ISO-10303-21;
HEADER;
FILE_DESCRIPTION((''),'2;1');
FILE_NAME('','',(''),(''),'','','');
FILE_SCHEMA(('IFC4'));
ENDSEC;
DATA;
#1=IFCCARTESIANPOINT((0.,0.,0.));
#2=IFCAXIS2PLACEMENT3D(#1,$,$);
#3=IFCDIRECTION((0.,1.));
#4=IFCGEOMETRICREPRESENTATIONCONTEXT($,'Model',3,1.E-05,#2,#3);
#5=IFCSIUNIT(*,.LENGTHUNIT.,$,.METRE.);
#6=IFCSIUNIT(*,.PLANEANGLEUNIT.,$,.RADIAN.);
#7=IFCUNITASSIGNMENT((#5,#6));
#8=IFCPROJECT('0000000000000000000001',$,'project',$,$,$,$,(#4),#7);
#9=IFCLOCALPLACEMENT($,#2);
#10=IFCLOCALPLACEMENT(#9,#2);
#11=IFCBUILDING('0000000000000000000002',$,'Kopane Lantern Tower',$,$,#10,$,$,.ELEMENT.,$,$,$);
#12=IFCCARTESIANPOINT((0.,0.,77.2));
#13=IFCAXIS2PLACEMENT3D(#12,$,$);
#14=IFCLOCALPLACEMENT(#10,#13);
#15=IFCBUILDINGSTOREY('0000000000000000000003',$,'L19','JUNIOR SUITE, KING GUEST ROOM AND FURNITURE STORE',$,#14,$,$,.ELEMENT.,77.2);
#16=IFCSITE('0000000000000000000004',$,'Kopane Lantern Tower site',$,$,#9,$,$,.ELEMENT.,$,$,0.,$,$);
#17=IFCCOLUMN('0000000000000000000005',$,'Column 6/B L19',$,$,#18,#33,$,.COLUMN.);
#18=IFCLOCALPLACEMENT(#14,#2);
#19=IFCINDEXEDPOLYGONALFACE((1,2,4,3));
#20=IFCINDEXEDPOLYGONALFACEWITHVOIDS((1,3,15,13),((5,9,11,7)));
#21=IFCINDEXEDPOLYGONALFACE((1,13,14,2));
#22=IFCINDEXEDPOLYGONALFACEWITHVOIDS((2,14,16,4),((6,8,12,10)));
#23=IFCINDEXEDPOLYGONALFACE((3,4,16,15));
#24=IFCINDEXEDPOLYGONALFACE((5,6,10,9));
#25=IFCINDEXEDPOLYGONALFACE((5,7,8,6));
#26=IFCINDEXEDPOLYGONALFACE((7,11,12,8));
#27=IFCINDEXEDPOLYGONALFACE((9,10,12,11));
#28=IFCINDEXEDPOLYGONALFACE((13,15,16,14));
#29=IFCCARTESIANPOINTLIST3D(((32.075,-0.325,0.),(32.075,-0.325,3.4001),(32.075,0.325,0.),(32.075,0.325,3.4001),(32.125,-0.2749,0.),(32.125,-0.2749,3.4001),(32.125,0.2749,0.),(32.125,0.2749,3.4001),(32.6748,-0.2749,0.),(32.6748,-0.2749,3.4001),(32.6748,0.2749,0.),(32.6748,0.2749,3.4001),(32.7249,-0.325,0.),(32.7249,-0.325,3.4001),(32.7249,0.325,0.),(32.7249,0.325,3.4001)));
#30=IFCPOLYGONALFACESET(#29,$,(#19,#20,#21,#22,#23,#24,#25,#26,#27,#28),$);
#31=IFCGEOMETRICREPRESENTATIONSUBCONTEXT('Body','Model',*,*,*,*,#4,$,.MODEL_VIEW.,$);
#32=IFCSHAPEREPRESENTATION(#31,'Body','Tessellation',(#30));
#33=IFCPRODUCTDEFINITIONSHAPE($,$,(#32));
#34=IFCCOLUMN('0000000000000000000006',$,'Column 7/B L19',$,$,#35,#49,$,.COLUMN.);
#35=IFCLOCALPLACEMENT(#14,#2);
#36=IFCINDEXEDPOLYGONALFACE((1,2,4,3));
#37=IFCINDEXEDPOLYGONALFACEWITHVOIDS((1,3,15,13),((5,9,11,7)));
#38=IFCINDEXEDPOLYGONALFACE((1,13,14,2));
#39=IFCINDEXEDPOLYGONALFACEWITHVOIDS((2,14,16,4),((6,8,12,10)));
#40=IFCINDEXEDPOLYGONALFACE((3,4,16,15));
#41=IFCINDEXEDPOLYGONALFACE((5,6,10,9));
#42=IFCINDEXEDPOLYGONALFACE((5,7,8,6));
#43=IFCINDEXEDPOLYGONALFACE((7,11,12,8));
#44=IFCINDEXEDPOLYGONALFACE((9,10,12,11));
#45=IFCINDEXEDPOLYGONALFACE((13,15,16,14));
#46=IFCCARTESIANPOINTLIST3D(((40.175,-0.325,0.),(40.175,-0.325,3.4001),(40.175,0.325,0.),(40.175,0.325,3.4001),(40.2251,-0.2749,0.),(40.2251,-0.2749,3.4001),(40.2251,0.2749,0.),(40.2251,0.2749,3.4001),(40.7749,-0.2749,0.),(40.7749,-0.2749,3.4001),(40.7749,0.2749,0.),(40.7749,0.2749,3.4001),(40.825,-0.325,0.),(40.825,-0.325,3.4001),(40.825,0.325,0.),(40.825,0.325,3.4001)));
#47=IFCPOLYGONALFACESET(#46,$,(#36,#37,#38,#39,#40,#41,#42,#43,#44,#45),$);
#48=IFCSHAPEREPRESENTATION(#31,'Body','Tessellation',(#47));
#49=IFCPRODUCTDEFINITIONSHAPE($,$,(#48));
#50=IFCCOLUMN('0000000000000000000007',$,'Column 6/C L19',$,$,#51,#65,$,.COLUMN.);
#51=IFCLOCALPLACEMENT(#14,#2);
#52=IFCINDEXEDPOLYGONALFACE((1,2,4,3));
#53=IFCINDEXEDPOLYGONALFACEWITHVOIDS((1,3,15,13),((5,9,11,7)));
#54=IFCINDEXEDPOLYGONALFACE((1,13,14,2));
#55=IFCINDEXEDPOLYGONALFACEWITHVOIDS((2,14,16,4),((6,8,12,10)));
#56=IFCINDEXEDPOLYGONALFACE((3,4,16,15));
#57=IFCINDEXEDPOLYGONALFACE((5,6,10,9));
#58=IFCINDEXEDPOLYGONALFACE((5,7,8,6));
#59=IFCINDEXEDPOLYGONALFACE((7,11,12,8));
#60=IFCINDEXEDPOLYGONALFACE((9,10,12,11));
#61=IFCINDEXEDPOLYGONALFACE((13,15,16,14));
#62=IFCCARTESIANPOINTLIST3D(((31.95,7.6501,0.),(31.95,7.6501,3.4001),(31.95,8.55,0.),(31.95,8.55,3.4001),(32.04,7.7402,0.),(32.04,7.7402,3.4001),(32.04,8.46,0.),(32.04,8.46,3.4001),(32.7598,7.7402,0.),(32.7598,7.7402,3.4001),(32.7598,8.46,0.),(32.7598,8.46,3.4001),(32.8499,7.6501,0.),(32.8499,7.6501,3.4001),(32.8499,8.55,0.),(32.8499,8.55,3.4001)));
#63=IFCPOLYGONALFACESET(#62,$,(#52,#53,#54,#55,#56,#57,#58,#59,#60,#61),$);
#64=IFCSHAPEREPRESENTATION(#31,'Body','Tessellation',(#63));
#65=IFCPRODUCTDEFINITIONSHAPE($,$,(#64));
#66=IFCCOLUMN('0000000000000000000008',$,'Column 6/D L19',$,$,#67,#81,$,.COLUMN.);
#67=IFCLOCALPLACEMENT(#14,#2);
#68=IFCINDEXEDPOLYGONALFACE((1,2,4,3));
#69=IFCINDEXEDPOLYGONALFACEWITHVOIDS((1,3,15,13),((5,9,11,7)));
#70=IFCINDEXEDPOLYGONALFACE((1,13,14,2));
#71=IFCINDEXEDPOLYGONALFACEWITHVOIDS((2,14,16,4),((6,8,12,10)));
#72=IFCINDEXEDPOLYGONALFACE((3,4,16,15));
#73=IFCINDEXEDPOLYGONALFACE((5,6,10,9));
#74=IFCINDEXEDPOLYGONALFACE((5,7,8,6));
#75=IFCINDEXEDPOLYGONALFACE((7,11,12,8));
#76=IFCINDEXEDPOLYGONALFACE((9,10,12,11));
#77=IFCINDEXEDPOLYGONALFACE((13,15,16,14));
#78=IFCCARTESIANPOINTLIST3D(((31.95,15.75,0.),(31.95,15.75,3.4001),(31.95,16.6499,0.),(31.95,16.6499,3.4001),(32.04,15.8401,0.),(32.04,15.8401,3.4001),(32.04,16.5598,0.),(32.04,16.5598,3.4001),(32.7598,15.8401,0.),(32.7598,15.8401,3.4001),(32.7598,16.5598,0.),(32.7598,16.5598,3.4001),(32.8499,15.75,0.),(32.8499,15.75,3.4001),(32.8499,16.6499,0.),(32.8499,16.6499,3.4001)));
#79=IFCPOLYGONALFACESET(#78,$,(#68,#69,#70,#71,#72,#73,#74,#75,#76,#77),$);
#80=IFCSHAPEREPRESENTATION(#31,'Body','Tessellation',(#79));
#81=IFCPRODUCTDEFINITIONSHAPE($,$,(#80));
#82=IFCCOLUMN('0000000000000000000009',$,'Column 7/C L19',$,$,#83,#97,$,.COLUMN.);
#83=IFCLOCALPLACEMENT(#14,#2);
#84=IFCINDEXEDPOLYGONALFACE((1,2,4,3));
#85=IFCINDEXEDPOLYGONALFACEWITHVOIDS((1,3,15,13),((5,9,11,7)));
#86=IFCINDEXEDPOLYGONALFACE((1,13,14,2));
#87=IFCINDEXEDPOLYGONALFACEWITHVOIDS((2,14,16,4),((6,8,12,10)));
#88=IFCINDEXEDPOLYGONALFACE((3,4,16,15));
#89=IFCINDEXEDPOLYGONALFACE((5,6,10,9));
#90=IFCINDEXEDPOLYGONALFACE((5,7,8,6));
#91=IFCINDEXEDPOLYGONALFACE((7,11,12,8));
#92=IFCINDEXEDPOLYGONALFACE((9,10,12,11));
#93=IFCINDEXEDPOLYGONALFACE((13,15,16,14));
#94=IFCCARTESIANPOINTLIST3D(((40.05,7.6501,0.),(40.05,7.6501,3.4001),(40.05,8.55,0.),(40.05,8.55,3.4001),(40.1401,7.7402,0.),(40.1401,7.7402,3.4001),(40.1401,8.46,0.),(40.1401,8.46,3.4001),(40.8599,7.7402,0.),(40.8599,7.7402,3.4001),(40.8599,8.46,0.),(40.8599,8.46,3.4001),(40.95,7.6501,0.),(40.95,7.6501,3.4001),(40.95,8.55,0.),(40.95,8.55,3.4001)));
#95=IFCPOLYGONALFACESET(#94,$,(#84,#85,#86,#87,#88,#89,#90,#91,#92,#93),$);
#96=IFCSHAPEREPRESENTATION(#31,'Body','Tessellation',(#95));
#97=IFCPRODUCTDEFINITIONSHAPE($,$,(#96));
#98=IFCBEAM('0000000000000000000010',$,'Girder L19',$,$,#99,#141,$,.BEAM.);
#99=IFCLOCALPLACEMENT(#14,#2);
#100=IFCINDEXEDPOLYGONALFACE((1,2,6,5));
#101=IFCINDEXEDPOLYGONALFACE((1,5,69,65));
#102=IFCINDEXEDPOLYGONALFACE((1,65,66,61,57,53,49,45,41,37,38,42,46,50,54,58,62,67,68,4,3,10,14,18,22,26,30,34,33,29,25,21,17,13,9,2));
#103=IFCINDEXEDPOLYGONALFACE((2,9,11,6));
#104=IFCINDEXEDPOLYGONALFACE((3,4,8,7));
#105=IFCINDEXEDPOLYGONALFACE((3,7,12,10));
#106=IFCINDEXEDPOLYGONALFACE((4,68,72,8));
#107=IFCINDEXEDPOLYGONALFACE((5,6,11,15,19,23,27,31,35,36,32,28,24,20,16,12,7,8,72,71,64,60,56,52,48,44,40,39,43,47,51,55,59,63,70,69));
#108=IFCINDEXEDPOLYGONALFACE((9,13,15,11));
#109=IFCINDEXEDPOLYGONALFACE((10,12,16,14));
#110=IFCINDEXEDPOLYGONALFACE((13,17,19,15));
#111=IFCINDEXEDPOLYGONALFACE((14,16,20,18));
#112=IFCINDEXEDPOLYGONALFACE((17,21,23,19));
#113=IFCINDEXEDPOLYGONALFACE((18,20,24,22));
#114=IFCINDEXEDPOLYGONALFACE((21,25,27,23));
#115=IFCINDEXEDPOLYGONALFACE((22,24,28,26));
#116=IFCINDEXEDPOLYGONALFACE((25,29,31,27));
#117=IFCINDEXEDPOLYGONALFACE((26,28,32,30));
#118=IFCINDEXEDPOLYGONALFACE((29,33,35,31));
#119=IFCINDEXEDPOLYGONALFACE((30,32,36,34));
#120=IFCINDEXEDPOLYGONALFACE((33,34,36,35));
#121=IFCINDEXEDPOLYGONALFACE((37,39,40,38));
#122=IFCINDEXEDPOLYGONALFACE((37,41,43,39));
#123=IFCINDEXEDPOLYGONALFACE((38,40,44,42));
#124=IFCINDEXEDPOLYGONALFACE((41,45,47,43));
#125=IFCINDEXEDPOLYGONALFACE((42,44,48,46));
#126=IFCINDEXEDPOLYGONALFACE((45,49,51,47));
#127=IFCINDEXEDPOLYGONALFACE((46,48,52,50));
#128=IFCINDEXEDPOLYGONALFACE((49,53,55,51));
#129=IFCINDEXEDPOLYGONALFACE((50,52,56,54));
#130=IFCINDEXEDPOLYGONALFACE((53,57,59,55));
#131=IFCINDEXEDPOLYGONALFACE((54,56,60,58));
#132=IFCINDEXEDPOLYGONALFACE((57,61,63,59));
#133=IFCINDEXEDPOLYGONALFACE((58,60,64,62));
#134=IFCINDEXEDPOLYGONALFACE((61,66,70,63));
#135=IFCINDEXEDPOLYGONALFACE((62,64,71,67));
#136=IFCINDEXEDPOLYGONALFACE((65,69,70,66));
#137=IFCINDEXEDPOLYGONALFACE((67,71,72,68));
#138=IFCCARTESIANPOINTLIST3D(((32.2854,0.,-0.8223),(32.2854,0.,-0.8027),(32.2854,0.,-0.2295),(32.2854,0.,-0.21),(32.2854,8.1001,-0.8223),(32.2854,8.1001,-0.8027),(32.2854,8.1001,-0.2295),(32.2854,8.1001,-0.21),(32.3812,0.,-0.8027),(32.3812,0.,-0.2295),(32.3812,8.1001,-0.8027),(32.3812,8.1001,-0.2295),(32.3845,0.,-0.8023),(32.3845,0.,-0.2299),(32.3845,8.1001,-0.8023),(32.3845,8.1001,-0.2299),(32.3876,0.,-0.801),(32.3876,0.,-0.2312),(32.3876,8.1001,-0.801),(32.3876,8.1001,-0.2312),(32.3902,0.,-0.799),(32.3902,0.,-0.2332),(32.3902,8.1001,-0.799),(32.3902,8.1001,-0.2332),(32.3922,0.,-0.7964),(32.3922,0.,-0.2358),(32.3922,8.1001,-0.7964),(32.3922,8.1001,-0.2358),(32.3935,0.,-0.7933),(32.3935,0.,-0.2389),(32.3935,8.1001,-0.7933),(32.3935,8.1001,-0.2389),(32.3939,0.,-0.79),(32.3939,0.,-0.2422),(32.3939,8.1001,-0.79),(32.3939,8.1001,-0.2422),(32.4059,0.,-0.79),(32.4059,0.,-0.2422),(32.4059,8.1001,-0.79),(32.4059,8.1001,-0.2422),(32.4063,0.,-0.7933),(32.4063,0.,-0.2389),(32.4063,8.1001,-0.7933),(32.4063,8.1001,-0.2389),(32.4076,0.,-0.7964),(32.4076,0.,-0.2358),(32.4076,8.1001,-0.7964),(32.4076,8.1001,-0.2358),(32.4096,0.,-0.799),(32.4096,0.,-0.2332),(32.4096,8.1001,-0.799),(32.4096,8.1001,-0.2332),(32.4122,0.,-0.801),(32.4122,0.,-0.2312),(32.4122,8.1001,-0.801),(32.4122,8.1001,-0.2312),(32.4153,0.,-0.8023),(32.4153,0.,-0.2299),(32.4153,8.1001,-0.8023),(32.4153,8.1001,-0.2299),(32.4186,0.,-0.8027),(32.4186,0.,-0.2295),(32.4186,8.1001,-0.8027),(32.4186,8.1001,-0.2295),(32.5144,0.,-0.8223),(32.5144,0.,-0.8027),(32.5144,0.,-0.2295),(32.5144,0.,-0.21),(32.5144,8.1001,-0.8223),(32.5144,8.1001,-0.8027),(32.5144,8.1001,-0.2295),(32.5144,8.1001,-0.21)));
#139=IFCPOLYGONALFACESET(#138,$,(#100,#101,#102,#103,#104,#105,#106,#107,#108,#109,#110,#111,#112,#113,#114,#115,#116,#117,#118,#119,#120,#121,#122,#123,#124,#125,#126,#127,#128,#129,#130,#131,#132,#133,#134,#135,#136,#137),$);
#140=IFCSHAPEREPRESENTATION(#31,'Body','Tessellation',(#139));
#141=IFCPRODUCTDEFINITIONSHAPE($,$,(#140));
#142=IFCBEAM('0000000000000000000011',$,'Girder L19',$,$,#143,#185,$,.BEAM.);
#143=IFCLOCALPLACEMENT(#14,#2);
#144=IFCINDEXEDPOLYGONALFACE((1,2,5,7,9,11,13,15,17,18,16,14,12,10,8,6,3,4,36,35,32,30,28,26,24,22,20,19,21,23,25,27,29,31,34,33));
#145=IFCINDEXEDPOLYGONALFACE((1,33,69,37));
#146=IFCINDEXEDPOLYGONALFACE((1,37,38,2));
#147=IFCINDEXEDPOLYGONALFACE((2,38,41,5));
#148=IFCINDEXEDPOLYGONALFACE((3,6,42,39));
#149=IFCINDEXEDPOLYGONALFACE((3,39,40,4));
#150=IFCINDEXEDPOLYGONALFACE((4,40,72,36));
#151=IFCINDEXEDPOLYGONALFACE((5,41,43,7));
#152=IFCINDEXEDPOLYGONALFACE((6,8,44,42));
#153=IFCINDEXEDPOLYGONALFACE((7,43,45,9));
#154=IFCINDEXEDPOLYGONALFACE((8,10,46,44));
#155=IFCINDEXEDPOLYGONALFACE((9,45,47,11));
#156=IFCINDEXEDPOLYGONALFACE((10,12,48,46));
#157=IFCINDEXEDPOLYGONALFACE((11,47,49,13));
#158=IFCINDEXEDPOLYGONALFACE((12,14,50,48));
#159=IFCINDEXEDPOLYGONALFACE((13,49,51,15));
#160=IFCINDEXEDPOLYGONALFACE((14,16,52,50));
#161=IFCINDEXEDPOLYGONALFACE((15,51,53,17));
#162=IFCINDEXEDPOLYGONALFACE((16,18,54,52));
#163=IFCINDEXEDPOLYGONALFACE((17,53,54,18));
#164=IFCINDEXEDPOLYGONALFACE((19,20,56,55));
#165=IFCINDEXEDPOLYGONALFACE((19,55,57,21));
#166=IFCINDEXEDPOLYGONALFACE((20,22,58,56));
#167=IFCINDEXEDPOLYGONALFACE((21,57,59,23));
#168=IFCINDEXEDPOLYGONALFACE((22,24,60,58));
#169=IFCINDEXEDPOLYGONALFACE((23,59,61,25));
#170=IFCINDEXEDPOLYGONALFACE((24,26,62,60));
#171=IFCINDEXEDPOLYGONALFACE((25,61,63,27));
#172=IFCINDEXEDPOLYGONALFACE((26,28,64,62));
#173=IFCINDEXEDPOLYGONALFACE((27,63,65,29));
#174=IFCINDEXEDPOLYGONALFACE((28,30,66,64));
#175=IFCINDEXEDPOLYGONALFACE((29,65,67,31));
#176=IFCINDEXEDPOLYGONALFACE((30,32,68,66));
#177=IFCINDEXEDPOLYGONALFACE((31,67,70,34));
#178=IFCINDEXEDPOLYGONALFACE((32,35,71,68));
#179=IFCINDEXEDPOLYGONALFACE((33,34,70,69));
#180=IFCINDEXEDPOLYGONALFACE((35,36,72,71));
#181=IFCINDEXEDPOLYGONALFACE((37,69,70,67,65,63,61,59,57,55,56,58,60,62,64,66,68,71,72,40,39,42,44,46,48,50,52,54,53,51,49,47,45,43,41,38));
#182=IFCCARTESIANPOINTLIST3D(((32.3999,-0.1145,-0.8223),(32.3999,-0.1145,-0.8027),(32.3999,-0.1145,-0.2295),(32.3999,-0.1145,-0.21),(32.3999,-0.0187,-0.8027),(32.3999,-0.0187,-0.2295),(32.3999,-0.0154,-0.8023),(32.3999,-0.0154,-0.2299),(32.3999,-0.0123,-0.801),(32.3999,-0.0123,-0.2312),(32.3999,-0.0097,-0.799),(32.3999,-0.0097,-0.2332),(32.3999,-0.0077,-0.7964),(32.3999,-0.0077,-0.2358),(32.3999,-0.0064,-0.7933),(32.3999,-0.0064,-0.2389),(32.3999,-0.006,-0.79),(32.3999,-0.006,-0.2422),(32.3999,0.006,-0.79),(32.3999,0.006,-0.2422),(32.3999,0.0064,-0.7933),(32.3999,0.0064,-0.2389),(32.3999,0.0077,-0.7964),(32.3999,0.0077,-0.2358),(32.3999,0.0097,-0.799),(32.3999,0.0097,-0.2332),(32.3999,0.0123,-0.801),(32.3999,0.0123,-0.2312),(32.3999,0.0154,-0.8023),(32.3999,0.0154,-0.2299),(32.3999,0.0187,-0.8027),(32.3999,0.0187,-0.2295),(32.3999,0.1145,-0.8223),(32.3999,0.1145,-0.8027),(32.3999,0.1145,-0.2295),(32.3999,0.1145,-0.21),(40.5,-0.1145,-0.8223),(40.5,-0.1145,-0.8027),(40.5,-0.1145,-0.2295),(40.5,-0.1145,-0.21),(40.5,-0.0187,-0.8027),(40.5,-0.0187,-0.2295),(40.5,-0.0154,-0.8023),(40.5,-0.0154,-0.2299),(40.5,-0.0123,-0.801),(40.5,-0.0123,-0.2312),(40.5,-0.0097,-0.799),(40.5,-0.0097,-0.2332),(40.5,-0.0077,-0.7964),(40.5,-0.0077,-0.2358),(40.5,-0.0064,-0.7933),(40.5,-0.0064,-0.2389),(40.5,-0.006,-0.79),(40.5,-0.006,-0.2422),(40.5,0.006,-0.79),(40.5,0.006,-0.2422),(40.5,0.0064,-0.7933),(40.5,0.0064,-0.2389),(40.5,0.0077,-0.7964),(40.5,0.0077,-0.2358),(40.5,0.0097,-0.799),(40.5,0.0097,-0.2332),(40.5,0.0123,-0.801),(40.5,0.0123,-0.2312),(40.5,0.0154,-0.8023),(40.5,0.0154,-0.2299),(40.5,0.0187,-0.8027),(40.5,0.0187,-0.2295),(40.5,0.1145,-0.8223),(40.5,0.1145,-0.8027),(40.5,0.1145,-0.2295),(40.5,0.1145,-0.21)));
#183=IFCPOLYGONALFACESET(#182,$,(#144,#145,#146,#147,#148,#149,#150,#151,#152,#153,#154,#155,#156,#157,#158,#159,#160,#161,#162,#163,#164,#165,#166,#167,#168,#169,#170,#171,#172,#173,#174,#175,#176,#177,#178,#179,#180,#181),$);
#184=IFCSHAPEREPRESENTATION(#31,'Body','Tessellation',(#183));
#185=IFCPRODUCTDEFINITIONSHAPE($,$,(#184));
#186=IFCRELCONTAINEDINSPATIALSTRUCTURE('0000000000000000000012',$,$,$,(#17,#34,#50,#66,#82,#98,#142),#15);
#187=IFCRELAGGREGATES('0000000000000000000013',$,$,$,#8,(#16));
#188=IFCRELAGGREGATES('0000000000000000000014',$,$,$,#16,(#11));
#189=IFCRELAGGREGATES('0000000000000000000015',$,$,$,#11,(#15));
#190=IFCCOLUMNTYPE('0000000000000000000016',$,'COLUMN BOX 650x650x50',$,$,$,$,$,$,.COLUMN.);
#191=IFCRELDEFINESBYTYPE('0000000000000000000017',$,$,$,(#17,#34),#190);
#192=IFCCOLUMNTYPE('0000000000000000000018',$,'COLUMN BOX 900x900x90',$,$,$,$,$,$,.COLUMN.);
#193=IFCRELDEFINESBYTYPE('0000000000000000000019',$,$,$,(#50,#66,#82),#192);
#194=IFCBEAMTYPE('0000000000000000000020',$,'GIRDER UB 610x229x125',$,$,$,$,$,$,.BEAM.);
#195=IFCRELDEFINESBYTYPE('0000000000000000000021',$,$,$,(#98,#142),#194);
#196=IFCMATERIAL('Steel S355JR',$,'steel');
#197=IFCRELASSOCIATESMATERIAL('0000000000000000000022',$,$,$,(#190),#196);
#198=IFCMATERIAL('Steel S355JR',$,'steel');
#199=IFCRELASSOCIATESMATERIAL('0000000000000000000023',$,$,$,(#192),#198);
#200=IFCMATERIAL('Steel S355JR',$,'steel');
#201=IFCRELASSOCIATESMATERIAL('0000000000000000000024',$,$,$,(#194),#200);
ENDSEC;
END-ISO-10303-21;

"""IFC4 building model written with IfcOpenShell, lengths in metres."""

from ifc_helpers import new_model, si_unit, direction, frame, origin, origin_2d, place, context, subcontext, project, spatial, hollow_rectangle, i_section, extrude, material, material_profile, profile_set, type_object, element, save


model = new_model("IFC4")

# Units and contexts
model_context = context("Model", 3, precision=1e-05, world=origin(), true_north=direction((0.0, 1.0)))
body_context = subcontext(model_context, "Body", "Model", "MODEL_VIEW")
ifc_project = project(units=[si_unit("LENGTHUNIT", "METRE"), si_unit("PLANEANGLEUNIT", "RADIAN")], contexts=[model_context])

# Site, building, storey
site_placement = place(None, origin())
site = spatial("IfcSite", under=ifc_project, at=site_placement, Name="Kopane Lantern Tower site", CompositionType="ELEMENT", RefElevation=0.0)
building_placement = place(site_placement, origin())
building = spatial("IfcBuilding", under=site, at=building_placement, Name="Kopane Lantern Tower", CompositionType="ELEMENT")
storey_placement = place(building_placement, frame((0.0, 0.0, 77.2)))
storey = spatial("IfcBuildingStorey", under=building, at=storey_placement, Name="L19", Description="JUNIOR SUITE, KING GUEST ROOM AND FURNITURE STORE", CompositionType="ELEMENT", Elevation=77.2)

# Columns
ifc_material_1 = material(Name="Steel S355JR", Category="steel")
ifc_material_profile_1 = material_profile(ifc_material_1, hollow_rectangle(XDim=0.6499, YDim=0.6499, WallThickness=0.05, at=origin_2d()), Name="BOX 650x650x50")
ifc_profile_set_1 = profile_set([ifc_material_profile_1], Name="Steel S355JR")
column_type_1 = type_object("IfcColumnType", Name="COLUMN BOX 650x650x50", PredefinedType="COLUMN", material=ifc_profile_set_1)
for number, where, z_axis, x_axis, name in (
    (1, (32.3999, 0.0, 0.0), (0.0, 0.0, 1.0), (1.0, 0.0, 0.0), "Column 6/B L19"),
    (2, (40.5, 0.0, 0.0), (0.0, 0.0, 1.0), (1.0, 0.0, 0.0), "Column 7/B L19"),
):
    element("IfcColumn", number, at=place(storey_placement, frame(where, z_axis=z_axis, x_axis=x_axis)), inside=storey, type_object=column_type_1, Name=name, PredefinedType="COLUMN", context=body_context, shape_type="SweptSolid", body=[
        extrude(hollow_rectangle(XDim=0.6499, YDim=0.6499, WallThickness=0.05, at=origin_2d()), origin(), (0.0, 0.0, 1.0), 3.4001),
    ])
ifc_material_2 = material(Name="Steel S355JR", Category="steel")
ifc_material_profile_2 = material_profile(ifc_material_2, hollow_rectangle(XDim=0.8999, YDim=0.8999, WallThickness=0.0901, at=origin_2d()), Name="BOX 900x900x90")
ifc_profile_set_2 = profile_set([ifc_material_profile_2], Name="Steel S355JR")
column_type_2 = type_object("IfcColumnType", Name="COLUMN BOX 900x900x90", PredefinedType="COLUMN", material=ifc_profile_set_2)
for number, where, z_axis, x_axis, name in (
    (3, (32.3999, 8.1001, 0.0), (0.0, 0.0, 1.0), (1.0, 0.0, 0.0), "Column 6/C L19"),
    (4, (32.3999, 16.2, 0.0), (0.0, 0.0, 1.0), (1.0, 0.0, 0.0), "Column 6/D L19"),
    (5, (40.5, 8.1001, 0.0), (0.0, 0.0, 1.0), (1.0, 0.0, 0.0), "Column 7/C L19"),
):
    element("IfcColumn", number, at=place(storey_placement, frame(where, z_axis=z_axis, x_axis=x_axis)), inside=storey, type_object=column_type_2, Name=name, PredefinedType="COLUMN", context=body_context, shape_type="SweptSolid", body=[
        extrude(hollow_rectangle(XDim=0.8999, YDim=0.8999, WallThickness=0.0901, at=origin_2d()), origin(), (0.0, 0.0, 1.0), 3.4001),
    ])

# Beams
ifc_material_3 = material(Name="Steel S355JR", Category="steel")
ifc_material_profile_3 = material_profile(ifc_material_3, i_section(OverallWidth=0.229, OverallDepth=0.6123, WebThickness=0.012, FlangeThickness=0.0195, FilletRadius=0.0127, at=origin_2d()), Name="UB 610x229x125")
ifc_profile_set_3 = profile_set([ifc_material_profile_3], Name="Steel S355JR")
beam_type = type_object("IfcBeamType", Name="GIRDER UB 610x229x125", PredefinedType="BEAM", material=ifc_profile_set_3)
for number, where, z_axis, x_axis, name in (
    (6, (32.3999, 0.0, -0.5161), (0.0, 1.0, 0.0), (-1.0, 0.0, 0.0), "Girder L19"),
    (7, (32.3999, 0.0, -0.5161), (1.0, 0.0, 0.0), (0.0, 1.0, 0.0), "Girder L19"),
):
    element("IfcBeam", number, at=place(storey_placement, frame(where, z_axis=z_axis, x_axis=x_axis)), inside=storey, type_object=beam_type, Name=name, PredefinedType="BEAM", context=body_context, shape_type="SweptSolid", body=[
        extrude(i_section(OverallWidth=0.229, OverallDepth=0.6123, WebThickness=0.012, FlangeThickness=0.0195, FilletRadius=0.0127, at=origin_2d()), origin(), (0.0, 0.0, 1.0), 8.1001),
    ])

save(model, "model.ifc")
